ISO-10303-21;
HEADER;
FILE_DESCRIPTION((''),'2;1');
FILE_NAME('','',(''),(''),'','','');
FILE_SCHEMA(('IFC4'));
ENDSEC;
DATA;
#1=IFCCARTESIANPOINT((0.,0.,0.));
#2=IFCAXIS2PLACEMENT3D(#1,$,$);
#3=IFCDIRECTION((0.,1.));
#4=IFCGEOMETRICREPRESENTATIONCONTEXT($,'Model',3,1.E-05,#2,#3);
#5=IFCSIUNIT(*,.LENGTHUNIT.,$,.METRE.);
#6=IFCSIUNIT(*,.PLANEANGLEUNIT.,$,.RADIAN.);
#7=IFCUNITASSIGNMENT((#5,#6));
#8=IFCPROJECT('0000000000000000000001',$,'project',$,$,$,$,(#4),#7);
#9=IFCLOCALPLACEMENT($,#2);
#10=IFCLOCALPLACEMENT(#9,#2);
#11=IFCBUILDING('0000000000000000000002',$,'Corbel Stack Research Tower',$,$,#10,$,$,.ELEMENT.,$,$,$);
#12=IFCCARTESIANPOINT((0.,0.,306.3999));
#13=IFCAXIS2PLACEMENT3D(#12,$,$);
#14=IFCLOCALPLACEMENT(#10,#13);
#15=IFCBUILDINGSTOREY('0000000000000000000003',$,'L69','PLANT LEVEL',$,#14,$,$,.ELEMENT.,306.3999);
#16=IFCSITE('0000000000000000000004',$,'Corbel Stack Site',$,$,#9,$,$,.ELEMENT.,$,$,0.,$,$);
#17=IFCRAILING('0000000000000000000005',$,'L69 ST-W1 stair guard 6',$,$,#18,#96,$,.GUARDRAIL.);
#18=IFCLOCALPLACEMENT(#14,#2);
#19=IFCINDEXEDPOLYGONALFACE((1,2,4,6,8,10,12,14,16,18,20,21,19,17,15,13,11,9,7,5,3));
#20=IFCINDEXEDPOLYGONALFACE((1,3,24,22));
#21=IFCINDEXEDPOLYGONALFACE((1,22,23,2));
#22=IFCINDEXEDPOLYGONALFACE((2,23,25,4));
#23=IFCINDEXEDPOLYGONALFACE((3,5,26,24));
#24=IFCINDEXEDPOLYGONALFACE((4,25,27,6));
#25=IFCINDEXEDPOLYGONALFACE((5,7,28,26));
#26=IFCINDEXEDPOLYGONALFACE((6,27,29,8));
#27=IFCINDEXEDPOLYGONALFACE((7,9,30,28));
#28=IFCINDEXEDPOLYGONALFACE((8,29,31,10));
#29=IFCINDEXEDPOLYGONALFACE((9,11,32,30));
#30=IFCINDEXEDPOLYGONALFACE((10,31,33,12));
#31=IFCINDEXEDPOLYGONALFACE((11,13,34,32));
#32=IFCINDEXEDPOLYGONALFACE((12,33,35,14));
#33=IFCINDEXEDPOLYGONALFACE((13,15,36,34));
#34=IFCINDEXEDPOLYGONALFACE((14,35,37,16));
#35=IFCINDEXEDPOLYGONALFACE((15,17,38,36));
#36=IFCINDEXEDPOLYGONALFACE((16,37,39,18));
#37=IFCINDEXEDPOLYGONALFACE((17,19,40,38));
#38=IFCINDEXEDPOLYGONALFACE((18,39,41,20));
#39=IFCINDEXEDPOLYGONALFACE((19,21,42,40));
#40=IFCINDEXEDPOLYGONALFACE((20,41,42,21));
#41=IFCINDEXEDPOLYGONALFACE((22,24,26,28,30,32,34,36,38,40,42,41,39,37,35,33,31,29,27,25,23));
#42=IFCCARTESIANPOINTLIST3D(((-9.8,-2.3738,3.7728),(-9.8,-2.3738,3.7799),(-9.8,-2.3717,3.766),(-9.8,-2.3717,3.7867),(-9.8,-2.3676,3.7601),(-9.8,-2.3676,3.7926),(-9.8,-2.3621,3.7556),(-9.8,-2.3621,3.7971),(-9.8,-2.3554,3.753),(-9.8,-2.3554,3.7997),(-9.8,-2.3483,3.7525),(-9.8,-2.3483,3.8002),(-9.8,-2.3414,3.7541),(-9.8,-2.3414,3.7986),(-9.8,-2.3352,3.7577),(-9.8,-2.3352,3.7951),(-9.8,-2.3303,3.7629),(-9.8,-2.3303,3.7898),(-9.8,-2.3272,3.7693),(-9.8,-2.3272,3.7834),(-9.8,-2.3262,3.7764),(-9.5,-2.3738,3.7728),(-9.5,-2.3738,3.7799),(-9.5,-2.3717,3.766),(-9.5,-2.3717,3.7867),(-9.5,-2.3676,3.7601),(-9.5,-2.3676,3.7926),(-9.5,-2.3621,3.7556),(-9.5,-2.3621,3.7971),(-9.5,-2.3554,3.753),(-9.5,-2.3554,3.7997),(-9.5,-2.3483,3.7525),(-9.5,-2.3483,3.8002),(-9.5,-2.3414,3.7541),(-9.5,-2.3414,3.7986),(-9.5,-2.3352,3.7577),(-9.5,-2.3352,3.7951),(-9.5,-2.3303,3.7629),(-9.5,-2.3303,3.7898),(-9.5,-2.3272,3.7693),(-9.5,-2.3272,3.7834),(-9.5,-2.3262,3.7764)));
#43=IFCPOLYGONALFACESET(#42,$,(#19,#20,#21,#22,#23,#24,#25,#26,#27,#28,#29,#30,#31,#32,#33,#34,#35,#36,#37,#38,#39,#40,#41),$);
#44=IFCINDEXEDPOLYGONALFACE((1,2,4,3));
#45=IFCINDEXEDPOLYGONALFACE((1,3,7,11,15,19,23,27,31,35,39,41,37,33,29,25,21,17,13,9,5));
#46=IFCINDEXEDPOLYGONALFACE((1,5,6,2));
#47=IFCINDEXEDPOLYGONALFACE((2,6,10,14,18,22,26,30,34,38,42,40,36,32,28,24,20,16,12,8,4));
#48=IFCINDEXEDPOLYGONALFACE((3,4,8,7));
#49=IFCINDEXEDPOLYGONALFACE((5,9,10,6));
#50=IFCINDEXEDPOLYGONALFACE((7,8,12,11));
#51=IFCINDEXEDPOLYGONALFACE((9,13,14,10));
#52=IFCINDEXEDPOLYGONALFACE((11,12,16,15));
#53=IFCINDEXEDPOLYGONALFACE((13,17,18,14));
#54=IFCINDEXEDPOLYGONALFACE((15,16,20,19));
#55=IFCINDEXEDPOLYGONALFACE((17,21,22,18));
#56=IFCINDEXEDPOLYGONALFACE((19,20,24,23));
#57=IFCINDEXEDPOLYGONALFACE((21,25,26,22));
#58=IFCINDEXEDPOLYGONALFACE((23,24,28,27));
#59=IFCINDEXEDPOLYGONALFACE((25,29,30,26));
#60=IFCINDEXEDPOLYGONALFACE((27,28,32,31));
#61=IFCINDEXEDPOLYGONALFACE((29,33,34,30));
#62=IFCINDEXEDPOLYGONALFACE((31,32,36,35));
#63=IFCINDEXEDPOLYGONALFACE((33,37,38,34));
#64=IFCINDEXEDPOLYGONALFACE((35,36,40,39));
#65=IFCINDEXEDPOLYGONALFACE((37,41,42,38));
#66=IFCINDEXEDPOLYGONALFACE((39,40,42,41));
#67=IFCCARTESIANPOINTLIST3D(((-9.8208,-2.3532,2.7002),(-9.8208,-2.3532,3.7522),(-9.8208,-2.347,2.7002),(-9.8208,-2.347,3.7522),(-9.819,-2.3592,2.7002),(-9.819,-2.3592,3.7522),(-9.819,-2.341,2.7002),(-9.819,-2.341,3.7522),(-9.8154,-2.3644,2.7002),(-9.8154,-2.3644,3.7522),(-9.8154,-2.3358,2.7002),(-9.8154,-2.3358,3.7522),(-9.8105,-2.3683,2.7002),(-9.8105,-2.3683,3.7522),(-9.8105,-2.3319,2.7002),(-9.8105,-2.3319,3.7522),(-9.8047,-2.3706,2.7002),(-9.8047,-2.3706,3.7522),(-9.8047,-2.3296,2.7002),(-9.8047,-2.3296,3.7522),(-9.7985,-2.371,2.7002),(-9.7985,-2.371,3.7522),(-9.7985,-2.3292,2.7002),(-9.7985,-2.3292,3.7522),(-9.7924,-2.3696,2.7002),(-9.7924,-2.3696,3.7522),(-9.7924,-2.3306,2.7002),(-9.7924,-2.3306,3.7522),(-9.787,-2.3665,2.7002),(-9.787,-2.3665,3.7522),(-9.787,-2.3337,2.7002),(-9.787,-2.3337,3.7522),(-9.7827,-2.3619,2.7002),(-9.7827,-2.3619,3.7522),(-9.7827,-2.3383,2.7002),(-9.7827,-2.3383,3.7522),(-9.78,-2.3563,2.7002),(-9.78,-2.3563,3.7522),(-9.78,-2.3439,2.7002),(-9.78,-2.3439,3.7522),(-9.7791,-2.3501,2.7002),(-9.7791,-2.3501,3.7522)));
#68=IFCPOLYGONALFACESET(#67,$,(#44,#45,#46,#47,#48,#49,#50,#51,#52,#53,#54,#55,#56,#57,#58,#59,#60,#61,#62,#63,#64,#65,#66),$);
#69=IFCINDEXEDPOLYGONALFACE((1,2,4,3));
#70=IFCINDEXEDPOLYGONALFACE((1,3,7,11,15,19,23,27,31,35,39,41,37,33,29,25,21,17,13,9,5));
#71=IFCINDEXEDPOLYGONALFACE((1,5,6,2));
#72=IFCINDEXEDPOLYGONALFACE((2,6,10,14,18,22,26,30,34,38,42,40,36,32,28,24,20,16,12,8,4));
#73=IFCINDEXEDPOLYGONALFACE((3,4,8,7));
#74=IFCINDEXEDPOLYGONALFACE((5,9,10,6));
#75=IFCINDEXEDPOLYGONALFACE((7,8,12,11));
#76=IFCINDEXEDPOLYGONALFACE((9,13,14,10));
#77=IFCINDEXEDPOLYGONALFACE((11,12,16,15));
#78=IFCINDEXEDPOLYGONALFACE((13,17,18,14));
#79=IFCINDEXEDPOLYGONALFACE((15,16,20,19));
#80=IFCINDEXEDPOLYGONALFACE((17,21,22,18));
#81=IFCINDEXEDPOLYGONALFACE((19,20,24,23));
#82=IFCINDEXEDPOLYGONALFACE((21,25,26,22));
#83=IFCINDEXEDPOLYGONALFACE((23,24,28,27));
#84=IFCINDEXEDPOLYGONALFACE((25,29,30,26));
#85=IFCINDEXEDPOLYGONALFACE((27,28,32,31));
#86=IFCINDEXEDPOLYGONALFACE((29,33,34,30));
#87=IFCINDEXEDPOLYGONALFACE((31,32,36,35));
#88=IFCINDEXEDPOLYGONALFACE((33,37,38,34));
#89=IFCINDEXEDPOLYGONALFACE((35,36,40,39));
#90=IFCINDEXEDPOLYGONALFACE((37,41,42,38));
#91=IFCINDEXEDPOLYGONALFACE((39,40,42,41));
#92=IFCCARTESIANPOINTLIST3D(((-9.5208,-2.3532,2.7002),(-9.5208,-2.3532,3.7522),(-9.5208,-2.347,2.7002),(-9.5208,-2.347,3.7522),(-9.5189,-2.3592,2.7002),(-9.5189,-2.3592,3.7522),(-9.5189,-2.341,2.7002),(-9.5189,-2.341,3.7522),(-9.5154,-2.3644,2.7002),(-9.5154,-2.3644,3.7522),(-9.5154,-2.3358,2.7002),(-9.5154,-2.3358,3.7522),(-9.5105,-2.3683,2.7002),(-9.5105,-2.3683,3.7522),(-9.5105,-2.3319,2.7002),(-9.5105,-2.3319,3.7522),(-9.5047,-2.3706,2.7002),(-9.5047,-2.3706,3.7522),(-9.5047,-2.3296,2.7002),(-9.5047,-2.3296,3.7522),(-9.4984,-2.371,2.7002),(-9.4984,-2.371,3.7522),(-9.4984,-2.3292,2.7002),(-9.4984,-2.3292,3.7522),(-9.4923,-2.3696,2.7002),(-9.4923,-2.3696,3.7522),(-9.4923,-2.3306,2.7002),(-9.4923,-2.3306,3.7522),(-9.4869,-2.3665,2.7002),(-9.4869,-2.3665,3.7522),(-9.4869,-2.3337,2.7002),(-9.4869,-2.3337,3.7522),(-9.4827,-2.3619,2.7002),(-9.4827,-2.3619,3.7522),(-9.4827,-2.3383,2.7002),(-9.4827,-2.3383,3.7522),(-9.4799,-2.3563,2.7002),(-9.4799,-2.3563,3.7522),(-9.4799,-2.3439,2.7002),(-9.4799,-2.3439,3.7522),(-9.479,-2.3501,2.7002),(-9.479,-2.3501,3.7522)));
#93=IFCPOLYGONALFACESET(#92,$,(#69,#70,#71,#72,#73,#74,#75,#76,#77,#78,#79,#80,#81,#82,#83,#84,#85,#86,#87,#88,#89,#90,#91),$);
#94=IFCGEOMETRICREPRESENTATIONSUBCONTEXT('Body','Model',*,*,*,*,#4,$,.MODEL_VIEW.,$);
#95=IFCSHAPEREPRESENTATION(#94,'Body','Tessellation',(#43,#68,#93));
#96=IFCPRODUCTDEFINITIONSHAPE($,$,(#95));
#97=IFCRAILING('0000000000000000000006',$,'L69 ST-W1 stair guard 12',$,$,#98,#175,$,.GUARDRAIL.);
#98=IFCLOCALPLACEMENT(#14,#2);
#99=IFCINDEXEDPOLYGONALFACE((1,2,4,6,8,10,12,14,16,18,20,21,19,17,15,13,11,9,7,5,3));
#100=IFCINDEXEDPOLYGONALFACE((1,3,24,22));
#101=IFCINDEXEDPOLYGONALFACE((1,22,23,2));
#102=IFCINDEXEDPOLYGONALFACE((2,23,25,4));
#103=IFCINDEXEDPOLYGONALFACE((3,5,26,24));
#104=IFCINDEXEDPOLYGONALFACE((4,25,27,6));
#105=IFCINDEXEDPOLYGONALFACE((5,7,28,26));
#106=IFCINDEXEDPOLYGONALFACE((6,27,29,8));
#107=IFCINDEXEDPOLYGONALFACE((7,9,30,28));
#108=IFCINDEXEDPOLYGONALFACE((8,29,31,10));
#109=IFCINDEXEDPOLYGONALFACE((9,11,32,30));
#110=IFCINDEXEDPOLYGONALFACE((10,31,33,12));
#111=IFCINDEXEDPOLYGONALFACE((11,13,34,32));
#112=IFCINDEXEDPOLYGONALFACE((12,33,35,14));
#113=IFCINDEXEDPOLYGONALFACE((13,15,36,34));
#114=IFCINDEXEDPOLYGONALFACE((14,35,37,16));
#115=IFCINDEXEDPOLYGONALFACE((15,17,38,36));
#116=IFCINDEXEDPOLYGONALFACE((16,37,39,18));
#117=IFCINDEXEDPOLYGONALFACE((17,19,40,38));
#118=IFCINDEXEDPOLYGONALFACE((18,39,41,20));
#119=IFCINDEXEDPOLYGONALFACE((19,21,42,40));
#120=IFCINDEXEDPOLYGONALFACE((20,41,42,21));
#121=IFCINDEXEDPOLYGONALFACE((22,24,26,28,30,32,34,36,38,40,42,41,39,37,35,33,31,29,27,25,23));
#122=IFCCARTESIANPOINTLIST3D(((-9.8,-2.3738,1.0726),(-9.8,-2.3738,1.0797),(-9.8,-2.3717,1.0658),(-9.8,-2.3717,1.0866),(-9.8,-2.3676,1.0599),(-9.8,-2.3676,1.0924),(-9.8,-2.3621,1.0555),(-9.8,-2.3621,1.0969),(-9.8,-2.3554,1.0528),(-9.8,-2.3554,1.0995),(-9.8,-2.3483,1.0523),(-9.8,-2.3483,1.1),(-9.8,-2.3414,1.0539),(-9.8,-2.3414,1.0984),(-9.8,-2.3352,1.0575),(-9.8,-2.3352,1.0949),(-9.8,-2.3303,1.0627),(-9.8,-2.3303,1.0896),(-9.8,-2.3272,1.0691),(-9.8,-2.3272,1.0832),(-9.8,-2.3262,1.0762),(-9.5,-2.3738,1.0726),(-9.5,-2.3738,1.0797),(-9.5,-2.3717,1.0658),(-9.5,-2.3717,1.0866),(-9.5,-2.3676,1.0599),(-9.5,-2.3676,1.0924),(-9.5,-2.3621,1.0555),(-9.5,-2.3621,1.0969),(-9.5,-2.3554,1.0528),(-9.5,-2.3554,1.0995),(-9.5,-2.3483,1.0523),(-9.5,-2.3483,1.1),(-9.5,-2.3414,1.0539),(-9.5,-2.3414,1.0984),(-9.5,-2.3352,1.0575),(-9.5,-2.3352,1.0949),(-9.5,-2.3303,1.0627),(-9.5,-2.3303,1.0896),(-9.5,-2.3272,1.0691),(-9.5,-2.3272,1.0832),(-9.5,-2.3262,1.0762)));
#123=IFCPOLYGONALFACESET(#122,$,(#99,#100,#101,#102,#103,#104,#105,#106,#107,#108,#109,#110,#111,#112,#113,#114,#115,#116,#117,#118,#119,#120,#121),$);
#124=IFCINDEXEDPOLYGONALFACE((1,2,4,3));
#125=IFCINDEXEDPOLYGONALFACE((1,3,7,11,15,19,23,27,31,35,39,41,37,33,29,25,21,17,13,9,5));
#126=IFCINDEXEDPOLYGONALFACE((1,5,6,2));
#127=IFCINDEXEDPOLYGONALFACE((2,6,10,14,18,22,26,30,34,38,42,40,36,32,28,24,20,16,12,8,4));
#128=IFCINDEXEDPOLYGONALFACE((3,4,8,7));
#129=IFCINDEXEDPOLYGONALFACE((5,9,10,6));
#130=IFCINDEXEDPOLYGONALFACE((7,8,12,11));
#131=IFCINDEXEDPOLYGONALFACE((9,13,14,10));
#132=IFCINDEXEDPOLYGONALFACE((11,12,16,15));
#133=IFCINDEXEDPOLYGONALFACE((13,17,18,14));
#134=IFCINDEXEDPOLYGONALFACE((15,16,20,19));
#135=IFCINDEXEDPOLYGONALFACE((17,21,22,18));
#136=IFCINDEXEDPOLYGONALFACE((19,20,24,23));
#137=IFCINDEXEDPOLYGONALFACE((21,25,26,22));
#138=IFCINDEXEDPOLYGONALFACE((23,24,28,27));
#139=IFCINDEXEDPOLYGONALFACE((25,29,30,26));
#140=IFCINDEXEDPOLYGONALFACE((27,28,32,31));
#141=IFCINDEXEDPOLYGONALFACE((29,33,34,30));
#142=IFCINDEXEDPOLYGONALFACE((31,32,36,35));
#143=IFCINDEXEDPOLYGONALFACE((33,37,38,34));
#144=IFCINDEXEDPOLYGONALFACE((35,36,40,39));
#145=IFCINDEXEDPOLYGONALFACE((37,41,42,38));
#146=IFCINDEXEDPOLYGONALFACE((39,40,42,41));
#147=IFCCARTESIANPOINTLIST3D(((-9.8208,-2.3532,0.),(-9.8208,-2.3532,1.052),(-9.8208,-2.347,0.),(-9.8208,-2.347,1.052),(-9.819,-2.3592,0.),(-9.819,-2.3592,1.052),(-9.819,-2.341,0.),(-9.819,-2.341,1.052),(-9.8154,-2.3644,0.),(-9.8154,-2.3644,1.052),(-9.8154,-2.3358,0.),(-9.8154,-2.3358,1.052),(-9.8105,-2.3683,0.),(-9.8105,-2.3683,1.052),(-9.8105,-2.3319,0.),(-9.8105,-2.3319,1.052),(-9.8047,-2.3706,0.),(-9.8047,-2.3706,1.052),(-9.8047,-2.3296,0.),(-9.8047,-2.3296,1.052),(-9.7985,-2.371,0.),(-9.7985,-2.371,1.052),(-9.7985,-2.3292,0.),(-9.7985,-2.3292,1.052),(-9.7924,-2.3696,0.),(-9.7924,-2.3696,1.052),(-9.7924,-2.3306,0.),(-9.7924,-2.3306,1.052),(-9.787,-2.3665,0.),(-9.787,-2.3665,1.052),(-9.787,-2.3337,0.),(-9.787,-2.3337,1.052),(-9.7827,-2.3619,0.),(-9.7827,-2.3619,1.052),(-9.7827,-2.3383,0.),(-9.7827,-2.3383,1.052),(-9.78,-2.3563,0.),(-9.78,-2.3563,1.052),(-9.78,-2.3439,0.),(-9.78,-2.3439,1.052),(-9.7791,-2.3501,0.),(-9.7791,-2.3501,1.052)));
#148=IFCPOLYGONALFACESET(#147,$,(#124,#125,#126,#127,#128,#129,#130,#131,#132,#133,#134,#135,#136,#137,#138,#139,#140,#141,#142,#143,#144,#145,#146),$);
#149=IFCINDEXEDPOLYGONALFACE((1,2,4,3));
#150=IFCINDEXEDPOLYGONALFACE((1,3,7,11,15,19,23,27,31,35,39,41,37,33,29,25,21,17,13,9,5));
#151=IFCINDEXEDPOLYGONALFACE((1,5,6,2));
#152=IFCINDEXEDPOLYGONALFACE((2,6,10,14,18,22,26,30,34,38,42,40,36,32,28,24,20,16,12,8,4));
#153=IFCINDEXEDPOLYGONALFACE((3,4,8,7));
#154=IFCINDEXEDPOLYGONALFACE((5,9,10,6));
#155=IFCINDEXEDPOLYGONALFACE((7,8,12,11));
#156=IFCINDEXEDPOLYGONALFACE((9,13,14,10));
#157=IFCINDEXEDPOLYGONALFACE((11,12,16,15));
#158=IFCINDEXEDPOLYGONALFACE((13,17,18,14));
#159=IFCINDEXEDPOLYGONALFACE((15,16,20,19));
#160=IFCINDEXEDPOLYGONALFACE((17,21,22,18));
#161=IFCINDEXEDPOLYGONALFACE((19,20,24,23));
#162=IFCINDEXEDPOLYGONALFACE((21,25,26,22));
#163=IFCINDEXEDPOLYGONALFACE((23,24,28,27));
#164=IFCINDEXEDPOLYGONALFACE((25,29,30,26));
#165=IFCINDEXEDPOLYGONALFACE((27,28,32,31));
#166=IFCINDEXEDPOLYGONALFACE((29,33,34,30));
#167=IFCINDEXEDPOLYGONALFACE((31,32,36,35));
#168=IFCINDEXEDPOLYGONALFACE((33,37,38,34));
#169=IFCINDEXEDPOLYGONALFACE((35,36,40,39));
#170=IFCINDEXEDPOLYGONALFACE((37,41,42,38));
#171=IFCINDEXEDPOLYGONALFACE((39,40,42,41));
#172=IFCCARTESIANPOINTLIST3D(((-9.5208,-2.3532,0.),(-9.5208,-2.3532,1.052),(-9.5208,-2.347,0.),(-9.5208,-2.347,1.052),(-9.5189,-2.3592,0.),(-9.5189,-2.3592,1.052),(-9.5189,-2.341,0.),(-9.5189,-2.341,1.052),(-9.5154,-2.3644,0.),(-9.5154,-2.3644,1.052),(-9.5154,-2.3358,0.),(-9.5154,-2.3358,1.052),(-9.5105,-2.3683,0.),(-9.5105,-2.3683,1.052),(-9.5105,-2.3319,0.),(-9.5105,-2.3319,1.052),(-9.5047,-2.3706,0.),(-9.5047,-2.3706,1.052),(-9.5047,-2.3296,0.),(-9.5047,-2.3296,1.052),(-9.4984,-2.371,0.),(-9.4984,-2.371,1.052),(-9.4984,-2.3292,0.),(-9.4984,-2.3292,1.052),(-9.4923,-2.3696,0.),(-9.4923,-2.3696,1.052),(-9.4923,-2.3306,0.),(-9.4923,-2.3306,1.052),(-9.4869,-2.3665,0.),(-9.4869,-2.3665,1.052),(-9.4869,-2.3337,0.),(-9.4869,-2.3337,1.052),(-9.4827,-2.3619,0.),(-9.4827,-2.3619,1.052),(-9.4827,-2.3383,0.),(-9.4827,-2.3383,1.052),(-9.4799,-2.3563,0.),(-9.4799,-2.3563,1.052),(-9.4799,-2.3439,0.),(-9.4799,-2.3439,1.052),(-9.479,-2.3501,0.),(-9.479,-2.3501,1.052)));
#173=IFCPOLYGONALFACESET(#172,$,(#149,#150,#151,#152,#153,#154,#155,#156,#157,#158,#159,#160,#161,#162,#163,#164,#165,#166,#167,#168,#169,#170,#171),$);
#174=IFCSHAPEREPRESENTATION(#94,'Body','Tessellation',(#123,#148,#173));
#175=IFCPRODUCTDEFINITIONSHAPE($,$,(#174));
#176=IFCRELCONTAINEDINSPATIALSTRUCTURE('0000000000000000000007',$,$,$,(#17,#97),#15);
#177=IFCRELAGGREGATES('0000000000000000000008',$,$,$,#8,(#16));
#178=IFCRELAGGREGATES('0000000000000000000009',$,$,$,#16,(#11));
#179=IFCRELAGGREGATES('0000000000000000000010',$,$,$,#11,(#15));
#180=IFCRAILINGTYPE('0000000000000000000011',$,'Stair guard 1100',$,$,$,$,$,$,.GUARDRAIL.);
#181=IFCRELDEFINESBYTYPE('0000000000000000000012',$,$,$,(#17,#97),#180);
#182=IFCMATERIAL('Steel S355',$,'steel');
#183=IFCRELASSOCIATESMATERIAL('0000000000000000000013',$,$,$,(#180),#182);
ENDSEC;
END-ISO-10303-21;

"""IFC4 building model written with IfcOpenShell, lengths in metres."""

from ifc_helpers import new_model, si_unit, direction, frame, origin, origin_2d, place, context, subcontext, project, spatial, circle, extrude, material, type_object, element, save


model = new_model("IFC4")

# Units and contexts
model_context = context("Model", 3, precision=1e-05, world=origin(), true_north=direction((0.0, 1.0)))
body_context = subcontext(model_context, "Body", "Model", "MODEL_VIEW")
ifc_project = project(units=[si_unit("LENGTHUNIT", "METRE"), si_unit("PLANEANGLEUNIT", "RADIAN")], contexts=[model_context])

# Site, building, storey
site_placement = place(None, origin())
site = spatial("IfcSite", under=ifc_project, at=site_placement, Name="Corbel Stack Site", CompositionType="ELEMENT", RefElevation=0.0)
building_placement = place(site_placement, origin())
building = spatial("IfcBuilding", under=site, at=building_placement, Name="Corbel Stack Research Tower", CompositionType="ELEMENT")
storey_placement = place(building_placement, frame((0.0, 0.0, 306.3999)))
storey = spatial("IfcBuildingStorey", under=building, at=storey_placement, Name="L69", Description="PLANT LEVEL", CompositionType="ELEMENT", Elevation=306.3999)

# Railings
ifc_material_1 = material(Name="Steel S355", Category="steel")
railing_type_1 = type_object("IfcRailingType", Name="Stair guard 1100", PredefinedType="GUARDRAIL", material=ifc_material_1)
for number, where, name in (
    (1, (-9.8, -2.3501, 2.7002), "L69 ST-W1 stair guard 6"),
    (2, (-9.8, -2.3501, 0.0), "L69 ST-W1 stair guard 12"),
):
    element("IfcRailing", number, at=place(storey_placement, frame(where)), inside=storey, type_object=railing_type_1, Name=name, PredefinedType="GUARDRAIL", context=body_context, shape_type="SweptSolid", body=[
        extrude(circle(Radius=0.0239, at=origin_2d()), frame((0.0, 0.0, 1.0762), z_axis=(1.0, 0.0, 0.0), x_axis=(0.0, 1.0, 0.0)), (0.0, 0.0, 1.0), 0.3),
        extrude(circle(Radius=0.021, at=origin_2d()), origin(), (0.0, 0.0, 1.0), 1.052),
        extrude(circle(Radius=0.021, at=origin_2d()), frame((0.3, 0.0, 0.0)), (0.0, 0.0, 1.0), 1.052),
    ])

save(model, "model.ifc")
